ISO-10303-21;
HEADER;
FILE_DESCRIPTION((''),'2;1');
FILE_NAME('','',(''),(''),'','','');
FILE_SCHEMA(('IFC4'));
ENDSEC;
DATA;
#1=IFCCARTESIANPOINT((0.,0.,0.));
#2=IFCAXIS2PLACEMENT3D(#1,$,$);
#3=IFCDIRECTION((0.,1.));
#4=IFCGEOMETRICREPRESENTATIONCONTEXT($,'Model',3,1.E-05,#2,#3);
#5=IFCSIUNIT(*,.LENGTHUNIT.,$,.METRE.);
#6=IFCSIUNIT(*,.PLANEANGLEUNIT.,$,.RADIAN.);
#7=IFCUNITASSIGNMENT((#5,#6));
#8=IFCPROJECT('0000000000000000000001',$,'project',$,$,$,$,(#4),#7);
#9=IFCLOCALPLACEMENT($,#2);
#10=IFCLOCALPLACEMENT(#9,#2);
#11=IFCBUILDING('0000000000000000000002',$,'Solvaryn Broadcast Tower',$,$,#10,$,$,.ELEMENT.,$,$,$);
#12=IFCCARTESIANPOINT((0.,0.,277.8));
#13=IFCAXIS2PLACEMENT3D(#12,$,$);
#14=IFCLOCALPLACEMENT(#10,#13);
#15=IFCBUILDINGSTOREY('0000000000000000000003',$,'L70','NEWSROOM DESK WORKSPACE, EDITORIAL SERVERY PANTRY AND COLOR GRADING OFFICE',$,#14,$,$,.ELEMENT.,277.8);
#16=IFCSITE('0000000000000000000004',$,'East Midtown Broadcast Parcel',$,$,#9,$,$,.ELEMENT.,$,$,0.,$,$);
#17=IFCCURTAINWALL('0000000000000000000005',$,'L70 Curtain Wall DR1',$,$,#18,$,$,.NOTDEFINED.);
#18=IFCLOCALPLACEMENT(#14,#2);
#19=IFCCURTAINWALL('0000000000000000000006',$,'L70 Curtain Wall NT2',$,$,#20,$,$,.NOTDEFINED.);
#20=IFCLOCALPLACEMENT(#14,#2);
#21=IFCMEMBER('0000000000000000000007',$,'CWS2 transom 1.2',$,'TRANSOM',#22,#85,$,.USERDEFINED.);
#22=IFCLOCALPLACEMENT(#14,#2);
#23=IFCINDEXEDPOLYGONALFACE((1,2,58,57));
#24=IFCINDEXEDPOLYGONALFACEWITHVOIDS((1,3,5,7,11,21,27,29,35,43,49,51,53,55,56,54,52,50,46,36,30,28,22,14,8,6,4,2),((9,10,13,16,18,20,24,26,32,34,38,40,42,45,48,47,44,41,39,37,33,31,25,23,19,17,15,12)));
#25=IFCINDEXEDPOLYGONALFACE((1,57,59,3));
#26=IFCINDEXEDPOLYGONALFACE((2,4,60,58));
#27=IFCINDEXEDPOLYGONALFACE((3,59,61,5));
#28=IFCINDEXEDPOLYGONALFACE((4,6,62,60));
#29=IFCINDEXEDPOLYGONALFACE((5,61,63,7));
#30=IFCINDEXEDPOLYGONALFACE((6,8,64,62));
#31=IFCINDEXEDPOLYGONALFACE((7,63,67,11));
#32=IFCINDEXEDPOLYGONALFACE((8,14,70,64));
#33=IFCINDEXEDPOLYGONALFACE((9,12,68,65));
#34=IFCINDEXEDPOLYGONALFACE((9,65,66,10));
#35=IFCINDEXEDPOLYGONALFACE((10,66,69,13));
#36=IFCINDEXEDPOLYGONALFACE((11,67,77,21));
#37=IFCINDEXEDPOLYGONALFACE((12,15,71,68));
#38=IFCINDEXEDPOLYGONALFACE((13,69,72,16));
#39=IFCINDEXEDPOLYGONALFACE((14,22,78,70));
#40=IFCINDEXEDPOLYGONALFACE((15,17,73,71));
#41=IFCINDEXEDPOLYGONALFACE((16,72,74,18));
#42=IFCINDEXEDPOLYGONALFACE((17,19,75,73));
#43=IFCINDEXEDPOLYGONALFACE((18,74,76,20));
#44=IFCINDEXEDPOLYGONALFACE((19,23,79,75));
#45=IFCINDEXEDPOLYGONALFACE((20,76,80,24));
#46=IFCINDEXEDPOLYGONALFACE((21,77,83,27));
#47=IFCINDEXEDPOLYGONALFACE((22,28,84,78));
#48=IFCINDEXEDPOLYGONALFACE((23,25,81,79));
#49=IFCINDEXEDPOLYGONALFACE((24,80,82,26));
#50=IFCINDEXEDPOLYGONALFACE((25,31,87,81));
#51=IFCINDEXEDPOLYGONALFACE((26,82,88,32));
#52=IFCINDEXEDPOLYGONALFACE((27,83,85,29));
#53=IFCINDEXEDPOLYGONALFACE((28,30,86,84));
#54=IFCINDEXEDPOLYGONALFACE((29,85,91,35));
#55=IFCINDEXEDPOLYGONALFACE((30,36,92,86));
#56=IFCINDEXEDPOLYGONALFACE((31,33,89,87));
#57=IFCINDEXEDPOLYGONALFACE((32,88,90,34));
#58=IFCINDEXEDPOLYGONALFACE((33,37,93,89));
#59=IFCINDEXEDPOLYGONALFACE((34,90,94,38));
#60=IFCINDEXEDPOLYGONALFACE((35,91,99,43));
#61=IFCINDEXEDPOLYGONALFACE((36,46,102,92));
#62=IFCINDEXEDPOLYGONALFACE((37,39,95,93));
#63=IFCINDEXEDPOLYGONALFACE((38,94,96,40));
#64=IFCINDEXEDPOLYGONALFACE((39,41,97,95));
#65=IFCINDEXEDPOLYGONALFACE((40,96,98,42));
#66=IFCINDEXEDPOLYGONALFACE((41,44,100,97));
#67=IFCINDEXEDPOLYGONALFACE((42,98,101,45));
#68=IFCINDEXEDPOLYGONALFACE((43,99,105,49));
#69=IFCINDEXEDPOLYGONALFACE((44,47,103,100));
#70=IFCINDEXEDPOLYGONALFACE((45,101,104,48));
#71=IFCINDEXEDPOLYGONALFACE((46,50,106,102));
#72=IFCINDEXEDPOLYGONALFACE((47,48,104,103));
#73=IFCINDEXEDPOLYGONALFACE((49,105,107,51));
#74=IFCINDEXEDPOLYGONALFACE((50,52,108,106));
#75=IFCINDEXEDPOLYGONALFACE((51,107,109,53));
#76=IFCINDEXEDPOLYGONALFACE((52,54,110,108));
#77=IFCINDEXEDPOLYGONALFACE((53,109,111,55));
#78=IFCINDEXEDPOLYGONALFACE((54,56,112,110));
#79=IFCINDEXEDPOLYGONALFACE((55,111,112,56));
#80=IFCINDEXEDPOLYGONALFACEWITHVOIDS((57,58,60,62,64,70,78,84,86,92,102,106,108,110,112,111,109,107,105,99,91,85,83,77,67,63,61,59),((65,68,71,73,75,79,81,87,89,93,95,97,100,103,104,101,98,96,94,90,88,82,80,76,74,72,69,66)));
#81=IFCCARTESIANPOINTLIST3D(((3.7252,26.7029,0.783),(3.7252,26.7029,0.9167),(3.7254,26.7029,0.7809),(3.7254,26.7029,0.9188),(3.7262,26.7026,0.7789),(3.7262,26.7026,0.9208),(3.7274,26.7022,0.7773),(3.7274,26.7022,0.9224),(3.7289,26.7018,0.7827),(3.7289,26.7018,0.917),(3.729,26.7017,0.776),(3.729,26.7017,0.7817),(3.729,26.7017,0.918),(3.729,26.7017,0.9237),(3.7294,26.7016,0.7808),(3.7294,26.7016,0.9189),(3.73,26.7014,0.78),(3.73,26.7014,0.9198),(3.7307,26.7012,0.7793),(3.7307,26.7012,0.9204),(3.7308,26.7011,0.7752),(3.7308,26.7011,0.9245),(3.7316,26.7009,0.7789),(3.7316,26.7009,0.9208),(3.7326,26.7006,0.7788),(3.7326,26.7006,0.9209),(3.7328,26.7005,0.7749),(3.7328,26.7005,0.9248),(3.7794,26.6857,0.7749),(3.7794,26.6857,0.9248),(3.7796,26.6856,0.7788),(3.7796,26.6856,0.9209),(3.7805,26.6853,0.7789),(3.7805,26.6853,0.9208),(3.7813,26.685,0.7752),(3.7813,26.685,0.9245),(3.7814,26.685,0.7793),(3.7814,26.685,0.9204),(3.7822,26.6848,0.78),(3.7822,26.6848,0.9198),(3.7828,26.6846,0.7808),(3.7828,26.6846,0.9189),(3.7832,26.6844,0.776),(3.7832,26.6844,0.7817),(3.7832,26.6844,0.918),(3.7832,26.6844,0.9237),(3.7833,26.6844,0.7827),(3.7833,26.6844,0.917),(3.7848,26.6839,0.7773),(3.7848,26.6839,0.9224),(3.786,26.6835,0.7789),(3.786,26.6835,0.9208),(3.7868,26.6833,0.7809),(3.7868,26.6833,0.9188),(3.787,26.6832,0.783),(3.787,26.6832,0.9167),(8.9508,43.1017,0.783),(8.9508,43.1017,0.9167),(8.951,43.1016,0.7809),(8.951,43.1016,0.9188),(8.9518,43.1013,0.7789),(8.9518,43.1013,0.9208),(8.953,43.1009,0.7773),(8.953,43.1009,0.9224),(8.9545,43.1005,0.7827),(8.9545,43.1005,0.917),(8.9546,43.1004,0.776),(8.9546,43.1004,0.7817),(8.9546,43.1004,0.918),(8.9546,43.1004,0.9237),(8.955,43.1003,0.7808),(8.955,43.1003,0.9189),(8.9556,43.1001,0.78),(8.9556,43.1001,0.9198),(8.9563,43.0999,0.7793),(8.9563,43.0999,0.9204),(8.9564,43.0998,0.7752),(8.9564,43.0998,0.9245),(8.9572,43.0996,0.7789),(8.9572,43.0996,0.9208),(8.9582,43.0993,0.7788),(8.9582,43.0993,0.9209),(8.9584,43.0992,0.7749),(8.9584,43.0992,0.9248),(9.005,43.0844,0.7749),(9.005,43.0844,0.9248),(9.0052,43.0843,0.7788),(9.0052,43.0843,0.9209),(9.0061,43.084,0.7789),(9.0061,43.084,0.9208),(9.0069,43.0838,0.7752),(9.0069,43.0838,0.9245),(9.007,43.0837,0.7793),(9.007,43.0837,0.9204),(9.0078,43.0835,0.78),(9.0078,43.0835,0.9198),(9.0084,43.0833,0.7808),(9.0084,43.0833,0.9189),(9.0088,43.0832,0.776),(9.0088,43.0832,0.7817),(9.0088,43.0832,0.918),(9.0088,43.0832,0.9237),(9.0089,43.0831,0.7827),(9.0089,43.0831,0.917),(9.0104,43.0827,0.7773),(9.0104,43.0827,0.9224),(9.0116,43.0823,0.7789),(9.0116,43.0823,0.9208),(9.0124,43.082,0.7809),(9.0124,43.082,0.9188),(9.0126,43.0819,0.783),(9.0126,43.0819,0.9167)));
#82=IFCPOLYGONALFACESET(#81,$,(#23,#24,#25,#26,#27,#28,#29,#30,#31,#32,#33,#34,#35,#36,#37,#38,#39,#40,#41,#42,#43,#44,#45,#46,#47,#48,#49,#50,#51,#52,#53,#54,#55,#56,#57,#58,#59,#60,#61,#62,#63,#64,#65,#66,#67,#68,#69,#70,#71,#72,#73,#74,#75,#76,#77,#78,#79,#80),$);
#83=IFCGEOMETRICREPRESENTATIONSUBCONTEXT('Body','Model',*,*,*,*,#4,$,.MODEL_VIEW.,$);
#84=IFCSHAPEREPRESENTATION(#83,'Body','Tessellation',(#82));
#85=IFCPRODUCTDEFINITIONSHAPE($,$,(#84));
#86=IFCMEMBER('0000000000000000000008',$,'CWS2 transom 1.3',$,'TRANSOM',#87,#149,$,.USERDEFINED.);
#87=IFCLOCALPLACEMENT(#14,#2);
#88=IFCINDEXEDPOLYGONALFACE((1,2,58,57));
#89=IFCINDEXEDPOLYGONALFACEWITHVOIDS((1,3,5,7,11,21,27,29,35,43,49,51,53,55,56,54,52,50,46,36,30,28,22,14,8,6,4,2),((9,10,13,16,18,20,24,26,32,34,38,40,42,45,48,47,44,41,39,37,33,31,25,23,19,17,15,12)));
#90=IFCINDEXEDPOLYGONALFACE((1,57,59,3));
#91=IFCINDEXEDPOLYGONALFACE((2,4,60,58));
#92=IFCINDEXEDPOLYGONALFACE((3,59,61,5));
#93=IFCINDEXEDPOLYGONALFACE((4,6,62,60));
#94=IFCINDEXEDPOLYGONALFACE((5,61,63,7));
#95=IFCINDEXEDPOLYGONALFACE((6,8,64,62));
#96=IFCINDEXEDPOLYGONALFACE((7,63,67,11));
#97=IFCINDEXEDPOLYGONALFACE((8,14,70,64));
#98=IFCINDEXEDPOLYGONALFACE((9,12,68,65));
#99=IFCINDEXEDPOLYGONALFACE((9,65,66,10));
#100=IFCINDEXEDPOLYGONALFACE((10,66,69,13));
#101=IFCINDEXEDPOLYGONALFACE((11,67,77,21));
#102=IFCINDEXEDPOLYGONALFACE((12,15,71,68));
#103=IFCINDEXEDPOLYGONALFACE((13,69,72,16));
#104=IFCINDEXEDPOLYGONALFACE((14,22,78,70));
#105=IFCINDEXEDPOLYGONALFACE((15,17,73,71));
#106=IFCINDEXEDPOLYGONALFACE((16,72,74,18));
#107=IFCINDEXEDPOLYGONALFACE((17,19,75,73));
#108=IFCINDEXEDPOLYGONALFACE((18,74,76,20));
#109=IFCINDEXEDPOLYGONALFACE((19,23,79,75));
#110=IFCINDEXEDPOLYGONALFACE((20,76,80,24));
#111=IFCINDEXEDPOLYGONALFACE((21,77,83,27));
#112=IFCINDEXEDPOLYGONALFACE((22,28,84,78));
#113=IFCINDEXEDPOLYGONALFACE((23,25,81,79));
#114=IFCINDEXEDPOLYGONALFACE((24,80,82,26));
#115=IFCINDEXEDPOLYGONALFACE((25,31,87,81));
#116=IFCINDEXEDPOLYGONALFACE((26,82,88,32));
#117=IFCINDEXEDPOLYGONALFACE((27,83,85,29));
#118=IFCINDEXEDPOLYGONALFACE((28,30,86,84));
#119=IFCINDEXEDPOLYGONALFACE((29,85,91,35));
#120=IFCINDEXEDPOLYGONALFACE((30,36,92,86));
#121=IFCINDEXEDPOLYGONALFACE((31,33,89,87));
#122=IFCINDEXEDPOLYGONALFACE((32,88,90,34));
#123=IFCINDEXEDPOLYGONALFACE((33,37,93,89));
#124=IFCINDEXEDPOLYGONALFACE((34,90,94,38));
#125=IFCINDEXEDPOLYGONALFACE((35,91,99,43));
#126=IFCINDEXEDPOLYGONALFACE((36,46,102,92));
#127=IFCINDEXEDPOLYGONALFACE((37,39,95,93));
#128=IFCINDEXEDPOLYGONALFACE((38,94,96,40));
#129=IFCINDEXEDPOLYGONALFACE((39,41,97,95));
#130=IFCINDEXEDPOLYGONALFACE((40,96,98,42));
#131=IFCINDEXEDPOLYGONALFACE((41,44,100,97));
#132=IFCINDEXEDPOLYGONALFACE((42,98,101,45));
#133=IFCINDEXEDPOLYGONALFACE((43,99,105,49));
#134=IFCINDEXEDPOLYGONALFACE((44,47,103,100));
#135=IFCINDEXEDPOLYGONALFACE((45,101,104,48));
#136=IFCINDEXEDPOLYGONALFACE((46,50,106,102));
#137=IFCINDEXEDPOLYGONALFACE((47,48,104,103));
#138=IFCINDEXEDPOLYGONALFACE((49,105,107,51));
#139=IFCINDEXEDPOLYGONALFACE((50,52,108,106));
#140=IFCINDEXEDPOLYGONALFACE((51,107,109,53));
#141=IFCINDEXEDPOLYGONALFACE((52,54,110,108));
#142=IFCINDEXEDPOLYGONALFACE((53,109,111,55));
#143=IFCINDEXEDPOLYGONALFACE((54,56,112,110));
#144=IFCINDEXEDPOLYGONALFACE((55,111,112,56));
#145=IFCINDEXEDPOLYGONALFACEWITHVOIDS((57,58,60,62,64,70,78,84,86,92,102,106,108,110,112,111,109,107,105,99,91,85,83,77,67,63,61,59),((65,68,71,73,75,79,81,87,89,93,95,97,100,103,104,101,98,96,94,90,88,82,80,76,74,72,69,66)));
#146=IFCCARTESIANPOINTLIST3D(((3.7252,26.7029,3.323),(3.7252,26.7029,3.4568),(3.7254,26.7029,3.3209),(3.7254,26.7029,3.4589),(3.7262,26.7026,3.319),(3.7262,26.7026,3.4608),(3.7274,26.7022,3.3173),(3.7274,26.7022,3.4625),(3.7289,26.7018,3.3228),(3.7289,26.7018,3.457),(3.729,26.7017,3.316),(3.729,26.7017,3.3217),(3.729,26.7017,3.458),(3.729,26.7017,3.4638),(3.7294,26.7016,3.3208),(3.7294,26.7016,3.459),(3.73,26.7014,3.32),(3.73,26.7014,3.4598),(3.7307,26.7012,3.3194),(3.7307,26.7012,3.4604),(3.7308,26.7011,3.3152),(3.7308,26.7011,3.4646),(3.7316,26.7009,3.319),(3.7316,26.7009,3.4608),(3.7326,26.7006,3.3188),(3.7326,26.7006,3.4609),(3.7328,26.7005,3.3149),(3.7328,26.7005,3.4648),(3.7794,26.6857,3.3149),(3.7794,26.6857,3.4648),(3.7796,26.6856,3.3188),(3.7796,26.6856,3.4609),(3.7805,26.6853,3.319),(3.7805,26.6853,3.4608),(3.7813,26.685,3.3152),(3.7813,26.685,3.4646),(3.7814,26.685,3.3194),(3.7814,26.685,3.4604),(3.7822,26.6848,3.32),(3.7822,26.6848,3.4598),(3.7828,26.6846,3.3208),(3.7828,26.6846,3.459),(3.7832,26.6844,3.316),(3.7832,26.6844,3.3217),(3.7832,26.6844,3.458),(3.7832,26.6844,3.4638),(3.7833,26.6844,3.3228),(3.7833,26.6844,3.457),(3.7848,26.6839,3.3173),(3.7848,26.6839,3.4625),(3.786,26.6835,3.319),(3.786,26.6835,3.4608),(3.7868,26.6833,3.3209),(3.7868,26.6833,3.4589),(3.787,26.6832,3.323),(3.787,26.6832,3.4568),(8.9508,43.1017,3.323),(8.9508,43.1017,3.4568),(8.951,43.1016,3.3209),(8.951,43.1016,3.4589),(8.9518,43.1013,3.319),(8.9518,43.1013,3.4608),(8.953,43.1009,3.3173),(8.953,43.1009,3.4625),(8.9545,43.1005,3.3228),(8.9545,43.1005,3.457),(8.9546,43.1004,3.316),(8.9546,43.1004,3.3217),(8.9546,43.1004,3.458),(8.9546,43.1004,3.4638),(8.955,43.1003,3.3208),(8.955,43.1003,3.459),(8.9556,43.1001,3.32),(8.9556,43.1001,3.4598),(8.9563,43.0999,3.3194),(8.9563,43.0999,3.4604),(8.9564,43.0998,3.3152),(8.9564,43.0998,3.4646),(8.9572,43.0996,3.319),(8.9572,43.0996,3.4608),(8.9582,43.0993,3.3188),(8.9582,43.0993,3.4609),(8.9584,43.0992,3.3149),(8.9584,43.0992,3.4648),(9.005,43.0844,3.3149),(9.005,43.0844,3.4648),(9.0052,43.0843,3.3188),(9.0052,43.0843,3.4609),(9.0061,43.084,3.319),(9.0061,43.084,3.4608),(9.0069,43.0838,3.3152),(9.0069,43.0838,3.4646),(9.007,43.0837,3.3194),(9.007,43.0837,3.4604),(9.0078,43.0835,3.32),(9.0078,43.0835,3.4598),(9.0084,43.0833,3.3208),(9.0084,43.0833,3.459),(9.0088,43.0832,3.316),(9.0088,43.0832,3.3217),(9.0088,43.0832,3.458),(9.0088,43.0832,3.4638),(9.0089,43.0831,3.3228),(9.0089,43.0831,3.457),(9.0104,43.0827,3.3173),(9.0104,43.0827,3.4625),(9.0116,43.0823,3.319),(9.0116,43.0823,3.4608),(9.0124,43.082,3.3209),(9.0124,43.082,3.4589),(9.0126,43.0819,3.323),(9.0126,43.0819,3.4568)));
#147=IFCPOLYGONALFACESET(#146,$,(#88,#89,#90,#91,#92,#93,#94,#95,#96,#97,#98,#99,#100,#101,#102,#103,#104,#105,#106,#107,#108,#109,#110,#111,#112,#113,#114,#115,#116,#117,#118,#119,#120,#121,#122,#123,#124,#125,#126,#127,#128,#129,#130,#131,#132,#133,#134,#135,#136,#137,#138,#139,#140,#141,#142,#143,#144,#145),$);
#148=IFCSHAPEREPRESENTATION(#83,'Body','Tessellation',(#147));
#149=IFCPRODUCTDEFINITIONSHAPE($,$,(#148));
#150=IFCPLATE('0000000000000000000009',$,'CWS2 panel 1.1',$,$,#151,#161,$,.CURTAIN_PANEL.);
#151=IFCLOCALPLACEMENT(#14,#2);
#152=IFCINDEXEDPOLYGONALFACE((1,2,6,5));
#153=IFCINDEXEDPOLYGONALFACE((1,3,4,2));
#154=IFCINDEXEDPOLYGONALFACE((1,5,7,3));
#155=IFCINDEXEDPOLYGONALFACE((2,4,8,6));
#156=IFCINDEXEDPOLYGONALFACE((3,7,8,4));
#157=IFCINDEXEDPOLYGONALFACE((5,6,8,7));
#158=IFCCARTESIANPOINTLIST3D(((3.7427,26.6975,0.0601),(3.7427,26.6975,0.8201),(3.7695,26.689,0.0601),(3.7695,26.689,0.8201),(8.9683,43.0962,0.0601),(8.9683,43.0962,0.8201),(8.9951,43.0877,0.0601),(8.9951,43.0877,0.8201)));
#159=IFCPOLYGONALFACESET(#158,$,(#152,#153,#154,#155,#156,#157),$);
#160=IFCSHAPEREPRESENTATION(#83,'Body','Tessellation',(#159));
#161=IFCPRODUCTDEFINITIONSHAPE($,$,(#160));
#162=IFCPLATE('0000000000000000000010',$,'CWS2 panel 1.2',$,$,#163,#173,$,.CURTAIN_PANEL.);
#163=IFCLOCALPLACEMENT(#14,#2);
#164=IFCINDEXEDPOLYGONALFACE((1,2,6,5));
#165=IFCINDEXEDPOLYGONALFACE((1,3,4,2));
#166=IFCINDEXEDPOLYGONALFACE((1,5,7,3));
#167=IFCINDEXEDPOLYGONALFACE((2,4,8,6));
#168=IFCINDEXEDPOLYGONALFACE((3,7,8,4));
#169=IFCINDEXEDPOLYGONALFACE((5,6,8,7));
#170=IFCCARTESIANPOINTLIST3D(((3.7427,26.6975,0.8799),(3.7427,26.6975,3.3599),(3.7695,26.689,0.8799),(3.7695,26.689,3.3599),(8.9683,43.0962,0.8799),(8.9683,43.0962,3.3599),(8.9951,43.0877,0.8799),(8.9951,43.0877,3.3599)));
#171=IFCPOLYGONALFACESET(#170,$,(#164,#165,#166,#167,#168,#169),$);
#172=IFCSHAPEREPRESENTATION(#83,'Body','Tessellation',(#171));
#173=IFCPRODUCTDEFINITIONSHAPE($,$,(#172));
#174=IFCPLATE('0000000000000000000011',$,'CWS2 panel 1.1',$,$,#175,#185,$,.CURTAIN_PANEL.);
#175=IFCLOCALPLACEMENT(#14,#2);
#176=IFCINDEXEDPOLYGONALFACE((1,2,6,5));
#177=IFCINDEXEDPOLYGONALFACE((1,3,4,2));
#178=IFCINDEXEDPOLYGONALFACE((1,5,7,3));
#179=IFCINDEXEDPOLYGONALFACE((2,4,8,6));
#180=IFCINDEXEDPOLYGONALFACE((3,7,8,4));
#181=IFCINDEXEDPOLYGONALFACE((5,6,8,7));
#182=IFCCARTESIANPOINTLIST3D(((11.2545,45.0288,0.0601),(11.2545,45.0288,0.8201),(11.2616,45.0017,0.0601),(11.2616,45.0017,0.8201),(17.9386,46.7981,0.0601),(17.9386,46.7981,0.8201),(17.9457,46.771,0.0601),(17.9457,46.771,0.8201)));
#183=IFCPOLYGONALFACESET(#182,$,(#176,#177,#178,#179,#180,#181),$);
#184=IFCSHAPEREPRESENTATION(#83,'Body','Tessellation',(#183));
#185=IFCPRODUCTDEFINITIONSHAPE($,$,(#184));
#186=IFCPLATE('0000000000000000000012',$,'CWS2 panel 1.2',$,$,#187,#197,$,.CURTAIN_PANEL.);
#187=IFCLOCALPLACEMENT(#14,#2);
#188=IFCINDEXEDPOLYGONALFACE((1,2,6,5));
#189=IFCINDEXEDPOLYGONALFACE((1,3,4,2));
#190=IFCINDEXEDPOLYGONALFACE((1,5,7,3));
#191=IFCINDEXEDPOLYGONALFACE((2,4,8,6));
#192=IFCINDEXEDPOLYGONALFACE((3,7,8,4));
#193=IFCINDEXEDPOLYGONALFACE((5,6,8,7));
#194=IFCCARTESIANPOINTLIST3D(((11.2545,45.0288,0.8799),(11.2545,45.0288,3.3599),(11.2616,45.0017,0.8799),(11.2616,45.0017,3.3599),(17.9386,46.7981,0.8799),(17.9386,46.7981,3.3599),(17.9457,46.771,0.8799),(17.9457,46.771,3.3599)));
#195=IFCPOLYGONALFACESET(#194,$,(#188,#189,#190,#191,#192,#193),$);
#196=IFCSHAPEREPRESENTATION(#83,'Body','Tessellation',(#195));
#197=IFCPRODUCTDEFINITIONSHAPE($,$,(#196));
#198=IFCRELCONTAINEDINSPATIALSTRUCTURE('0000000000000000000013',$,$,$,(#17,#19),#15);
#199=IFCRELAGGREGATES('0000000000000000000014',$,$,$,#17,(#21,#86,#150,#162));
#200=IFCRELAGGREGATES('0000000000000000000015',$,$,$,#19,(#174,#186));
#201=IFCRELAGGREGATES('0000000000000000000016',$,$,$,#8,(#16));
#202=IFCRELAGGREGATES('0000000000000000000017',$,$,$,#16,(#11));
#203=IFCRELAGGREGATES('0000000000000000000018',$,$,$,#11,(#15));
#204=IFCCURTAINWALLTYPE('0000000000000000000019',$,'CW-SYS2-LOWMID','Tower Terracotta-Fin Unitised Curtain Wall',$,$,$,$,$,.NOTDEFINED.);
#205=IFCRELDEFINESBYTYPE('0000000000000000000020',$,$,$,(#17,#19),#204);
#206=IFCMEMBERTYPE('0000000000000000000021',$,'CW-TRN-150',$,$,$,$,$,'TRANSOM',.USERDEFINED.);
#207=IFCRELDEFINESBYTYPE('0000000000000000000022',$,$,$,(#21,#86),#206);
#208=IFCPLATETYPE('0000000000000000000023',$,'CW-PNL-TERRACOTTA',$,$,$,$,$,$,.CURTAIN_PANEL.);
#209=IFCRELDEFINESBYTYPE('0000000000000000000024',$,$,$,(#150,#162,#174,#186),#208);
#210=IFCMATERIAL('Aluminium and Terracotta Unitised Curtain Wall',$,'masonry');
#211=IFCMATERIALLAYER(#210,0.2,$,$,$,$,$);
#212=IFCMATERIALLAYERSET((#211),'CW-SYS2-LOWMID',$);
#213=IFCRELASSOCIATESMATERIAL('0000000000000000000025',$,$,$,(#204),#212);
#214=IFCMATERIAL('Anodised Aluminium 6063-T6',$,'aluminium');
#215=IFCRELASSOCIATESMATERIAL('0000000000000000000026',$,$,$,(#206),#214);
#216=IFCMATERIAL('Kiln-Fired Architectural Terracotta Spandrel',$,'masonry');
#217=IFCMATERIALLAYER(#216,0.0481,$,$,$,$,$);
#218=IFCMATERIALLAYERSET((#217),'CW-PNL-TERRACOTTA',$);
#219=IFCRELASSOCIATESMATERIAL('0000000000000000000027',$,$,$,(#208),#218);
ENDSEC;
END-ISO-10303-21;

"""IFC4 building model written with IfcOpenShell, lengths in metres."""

from ifc_helpers import new_model, si_unit, direction, frame, origin, origin_2d, place, context, subcontext, project, spatial, rectangle, hollow_rectangle, extrude, material, layer, layer_set, material_profile, profile_set, type_object, element, aggregate, save


model = new_model("IFC4")

# Units and contexts
model_context = context("Model", 3, precision=1e-05, world=origin(), true_north=direction((0.0, 1.0)))
body_context = subcontext(model_context, "Body", "Model", "MODEL_VIEW")
ifc_project = project(units=[si_unit("LENGTHUNIT", "METRE"), si_unit("PLANEANGLEUNIT", "RADIAN")], contexts=[model_context])

# Site, building, storey
site_placement = place(None, origin())
site = spatial("IfcSite", under=ifc_project, at=site_placement, Name="East Midtown Broadcast Parcel", CompositionType="ELEMENT", RefElevation=0.0)
building_placement = place(site_placement, origin())
building = spatial("IfcBuilding", under=site, at=building_placement, Name="Solvaryn Broadcast Tower", CompositionType="ELEMENT")
storey_placement = place(building_placement, frame((0.0, 0.0, 277.8)))
storey = spatial("IfcBuildingStorey", under=building, at=storey_placement, Name="L70", Description="NEWSROOM DESK WORKSPACE, EDITORIAL SERVERY PANTRY AND COLOR GRADING OFFICE", CompositionType="ELEMENT", Elevation=277.8)

# Curtain walls
ifc_material_1 = material(Name="Aluminium and Terracotta Unitised Curtain Wall", Category="masonry")
ifc_layer_1 = layer(ifc_material_1, 0.2)
ifc_layer_set_1 = layer_set([ifc_layer_1], Name="CW-SYS2-LOWMID")
curtain_wall_type = type_object("IfcCurtainWallType", Name="CW-SYS2-LOWMID", Description="Tower Terracotta-Fin Unitised Curtain Wall", PredefinedType="NOTDEFINED", material=ifc_layer_set_1)
curtain_wall_1_placement = place(storey_placement, origin())
curtain_wall_1 = element("IfcCurtainWall", 1, at=curtain_wall_1_placement, inside=storey, type_object=curtain_wall_type, Name="L70 Curtain Wall DR1", PredefinedType="NOTDEFINED")
curtain_wall_2_placement = place(storey_placement, origin())
curtain_wall_2 = element("IfcCurtainWall", 2, at=curtain_wall_2_placement, inside=storey, type_object=curtain_wall_type, Name="L70 Curtain Wall NT2", PredefinedType="NOTDEFINED")

# Members
ifc_material_2 = material(Name="Anodised Aluminium 6063-T6", Category="aluminium")
ifc_material_profile_1 = material_profile(ifc_material_2, hollow_rectangle(XDim=0.0649, YDim=0.1499, WallThickness=0.0039, InnerFilletRadius=0.0039, OuterFilletRadius=0.0081, at=origin_2d()))
ifc_profile_set_1 = profile_set([ifc_material_profile_1], Name="Anodised Aluminium 6063-T6")
member_type_1 = type_object("IfcMemberType", Name="CW-TRN-150", ElementType="TRANSOM", PredefinedType="USERDEFINED", material=ifc_profile_set_1)
member_1_placement = place(storey_placement, frame((8.9817, 43.0918, 0.8499), z_axis=(-0.303616, -0.952794, 0.0), x_axis=(0.952794, -0.303616, 0.0)))
member_1 = element("IfcMember", 3, at=member_1_placement, type_object=member_type_1, Name="CWS2 transom 1.2", ObjectType="TRANSOM", PredefinedType="USERDEFINED", context=body_context, shape_type="SweptSolid", body=[
    extrude(hollow_rectangle(XDim=0.0649, YDim=0.1499, WallThickness=0.0039, InnerFilletRadius=0.0039, OuterFilletRadius=0.0081, at=origin_2d()), origin(), (0.0, 0.0, 1.0), 17.2112),
])
member_2_placement = place(storey_placement, frame((8.9817, 43.0918, 3.3899), z_axis=(-0.303616, -0.952794, 0.0), x_axis=(0.952794, -0.303616, 0.0)))
member_2 = element("IfcMember", 4, at=member_2_placement, type_object=member_type_1, Name="CWS2 transom 1.3", ObjectType="TRANSOM", PredefinedType="USERDEFINED", context=body_context, shape_type="SweptSolid", body=[
    extrude(hollow_rectangle(XDim=0.0649, YDim=0.1499, WallThickness=0.0039, InnerFilletRadius=0.0039, OuterFilletRadius=0.0081, at=origin_2d()), origin(), (0.0, 0.0, 1.0), 17.2112),
])

# Plates
ifc_material_3 = material(Name="Kiln-Fired Architectural Terracotta Spandrel", Category="masonry")
ifc_layer_2 = layer(ifc_material_3, 0.0481)
ifc_layer_set_2 = layer_set([ifc_layer_2], Name="CW-PNL-TERRACOTTA")
plate_type = type_object("IfcPlateType", Name="CW-PNL-TERRACOTTA", PredefinedType="CURTAIN_PANEL", material=ifc_layer_set_2)
plate_1_placement = place(storey_placement, frame((6.3689, 34.8926, 0.0601), z_axis=(0.0, 0.0, 1.0), x_axis=(-0.303616, -0.952795, 0.0)))
plate_1 = element("IfcPlate", 5, at=plate_1_placement, type_object=plate_type, Name="CWS2 panel 1.1", PredefinedType="CURTAIN_PANEL", context=body_context, shape_type="SweptSolid", body=[
    extrude(rectangle(XDim=17.2112, YDim=0.0281, at=origin_2d()), origin(), (0.0, 0.0, 1.0), 0.76),
])
plate_2_placement = place(storey_placement, frame((6.3689, 34.8926, 0.8799), z_axis=(0.0, 0.0, 1.0), x_axis=(-0.303616, -0.952795, 0.0)))
plate_2 = element("IfcPlate", 6, at=plate_2_placement, type_object=plate_type, Name="CWS2 panel 1.2", PredefinedType="CURTAIN_PANEL", context=body_context, shape_type="SweptSolid", body=[
    extrude(rectangle(XDim=17.2112, YDim=0.0281, at=origin_2d()), origin(), (0.0, 0.0, 1.0), 2.48),
])
aggregate(curtain_wall_1, [member_1, member_2, plate_1, plate_2])
plate_3_placement = place(storey_placement, frame((14.6001, 45.8999, 0.0601), z_axis=(0.0, 0.0, 1.0), x_axis=(-0.966705, -0.255893, 0.0)))
plate_3 = element("IfcPlate", 7, at=plate_3_placement, type_object=plate_type, Name="CWS2 panel 1.1", PredefinedType="CURTAIN_PANEL", context=body_context, shape_type="SweptSolid", body=[
    extrude(rectangle(XDim=6.9143, YDim=0.0281, at=origin_2d()), origin(), (0.0, 0.0, 1.0), 0.76),
])
plate_4_placement = place(storey_placement, frame((14.6001, 45.8999, 0.8799), z_axis=(0.0, 0.0, 1.0), x_axis=(-0.966705, -0.255893, 0.0)))
plate_4 = element("IfcPlate", 8, at=plate_4_placement, type_object=plate_type, Name="CWS2 panel 1.2", PredefinedType="CURTAIN_PANEL", context=body_context, shape_type="SweptSolid", body=[
    extrude(rectangle(XDim=6.9143, YDim=0.0281, at=origin_2d()), origin(), (0.0, 0.0, 1.0), 2.48),
])
aggregate(curtain_wall_2, [plate_3, plate_4])

save(model, "model.ifc")
